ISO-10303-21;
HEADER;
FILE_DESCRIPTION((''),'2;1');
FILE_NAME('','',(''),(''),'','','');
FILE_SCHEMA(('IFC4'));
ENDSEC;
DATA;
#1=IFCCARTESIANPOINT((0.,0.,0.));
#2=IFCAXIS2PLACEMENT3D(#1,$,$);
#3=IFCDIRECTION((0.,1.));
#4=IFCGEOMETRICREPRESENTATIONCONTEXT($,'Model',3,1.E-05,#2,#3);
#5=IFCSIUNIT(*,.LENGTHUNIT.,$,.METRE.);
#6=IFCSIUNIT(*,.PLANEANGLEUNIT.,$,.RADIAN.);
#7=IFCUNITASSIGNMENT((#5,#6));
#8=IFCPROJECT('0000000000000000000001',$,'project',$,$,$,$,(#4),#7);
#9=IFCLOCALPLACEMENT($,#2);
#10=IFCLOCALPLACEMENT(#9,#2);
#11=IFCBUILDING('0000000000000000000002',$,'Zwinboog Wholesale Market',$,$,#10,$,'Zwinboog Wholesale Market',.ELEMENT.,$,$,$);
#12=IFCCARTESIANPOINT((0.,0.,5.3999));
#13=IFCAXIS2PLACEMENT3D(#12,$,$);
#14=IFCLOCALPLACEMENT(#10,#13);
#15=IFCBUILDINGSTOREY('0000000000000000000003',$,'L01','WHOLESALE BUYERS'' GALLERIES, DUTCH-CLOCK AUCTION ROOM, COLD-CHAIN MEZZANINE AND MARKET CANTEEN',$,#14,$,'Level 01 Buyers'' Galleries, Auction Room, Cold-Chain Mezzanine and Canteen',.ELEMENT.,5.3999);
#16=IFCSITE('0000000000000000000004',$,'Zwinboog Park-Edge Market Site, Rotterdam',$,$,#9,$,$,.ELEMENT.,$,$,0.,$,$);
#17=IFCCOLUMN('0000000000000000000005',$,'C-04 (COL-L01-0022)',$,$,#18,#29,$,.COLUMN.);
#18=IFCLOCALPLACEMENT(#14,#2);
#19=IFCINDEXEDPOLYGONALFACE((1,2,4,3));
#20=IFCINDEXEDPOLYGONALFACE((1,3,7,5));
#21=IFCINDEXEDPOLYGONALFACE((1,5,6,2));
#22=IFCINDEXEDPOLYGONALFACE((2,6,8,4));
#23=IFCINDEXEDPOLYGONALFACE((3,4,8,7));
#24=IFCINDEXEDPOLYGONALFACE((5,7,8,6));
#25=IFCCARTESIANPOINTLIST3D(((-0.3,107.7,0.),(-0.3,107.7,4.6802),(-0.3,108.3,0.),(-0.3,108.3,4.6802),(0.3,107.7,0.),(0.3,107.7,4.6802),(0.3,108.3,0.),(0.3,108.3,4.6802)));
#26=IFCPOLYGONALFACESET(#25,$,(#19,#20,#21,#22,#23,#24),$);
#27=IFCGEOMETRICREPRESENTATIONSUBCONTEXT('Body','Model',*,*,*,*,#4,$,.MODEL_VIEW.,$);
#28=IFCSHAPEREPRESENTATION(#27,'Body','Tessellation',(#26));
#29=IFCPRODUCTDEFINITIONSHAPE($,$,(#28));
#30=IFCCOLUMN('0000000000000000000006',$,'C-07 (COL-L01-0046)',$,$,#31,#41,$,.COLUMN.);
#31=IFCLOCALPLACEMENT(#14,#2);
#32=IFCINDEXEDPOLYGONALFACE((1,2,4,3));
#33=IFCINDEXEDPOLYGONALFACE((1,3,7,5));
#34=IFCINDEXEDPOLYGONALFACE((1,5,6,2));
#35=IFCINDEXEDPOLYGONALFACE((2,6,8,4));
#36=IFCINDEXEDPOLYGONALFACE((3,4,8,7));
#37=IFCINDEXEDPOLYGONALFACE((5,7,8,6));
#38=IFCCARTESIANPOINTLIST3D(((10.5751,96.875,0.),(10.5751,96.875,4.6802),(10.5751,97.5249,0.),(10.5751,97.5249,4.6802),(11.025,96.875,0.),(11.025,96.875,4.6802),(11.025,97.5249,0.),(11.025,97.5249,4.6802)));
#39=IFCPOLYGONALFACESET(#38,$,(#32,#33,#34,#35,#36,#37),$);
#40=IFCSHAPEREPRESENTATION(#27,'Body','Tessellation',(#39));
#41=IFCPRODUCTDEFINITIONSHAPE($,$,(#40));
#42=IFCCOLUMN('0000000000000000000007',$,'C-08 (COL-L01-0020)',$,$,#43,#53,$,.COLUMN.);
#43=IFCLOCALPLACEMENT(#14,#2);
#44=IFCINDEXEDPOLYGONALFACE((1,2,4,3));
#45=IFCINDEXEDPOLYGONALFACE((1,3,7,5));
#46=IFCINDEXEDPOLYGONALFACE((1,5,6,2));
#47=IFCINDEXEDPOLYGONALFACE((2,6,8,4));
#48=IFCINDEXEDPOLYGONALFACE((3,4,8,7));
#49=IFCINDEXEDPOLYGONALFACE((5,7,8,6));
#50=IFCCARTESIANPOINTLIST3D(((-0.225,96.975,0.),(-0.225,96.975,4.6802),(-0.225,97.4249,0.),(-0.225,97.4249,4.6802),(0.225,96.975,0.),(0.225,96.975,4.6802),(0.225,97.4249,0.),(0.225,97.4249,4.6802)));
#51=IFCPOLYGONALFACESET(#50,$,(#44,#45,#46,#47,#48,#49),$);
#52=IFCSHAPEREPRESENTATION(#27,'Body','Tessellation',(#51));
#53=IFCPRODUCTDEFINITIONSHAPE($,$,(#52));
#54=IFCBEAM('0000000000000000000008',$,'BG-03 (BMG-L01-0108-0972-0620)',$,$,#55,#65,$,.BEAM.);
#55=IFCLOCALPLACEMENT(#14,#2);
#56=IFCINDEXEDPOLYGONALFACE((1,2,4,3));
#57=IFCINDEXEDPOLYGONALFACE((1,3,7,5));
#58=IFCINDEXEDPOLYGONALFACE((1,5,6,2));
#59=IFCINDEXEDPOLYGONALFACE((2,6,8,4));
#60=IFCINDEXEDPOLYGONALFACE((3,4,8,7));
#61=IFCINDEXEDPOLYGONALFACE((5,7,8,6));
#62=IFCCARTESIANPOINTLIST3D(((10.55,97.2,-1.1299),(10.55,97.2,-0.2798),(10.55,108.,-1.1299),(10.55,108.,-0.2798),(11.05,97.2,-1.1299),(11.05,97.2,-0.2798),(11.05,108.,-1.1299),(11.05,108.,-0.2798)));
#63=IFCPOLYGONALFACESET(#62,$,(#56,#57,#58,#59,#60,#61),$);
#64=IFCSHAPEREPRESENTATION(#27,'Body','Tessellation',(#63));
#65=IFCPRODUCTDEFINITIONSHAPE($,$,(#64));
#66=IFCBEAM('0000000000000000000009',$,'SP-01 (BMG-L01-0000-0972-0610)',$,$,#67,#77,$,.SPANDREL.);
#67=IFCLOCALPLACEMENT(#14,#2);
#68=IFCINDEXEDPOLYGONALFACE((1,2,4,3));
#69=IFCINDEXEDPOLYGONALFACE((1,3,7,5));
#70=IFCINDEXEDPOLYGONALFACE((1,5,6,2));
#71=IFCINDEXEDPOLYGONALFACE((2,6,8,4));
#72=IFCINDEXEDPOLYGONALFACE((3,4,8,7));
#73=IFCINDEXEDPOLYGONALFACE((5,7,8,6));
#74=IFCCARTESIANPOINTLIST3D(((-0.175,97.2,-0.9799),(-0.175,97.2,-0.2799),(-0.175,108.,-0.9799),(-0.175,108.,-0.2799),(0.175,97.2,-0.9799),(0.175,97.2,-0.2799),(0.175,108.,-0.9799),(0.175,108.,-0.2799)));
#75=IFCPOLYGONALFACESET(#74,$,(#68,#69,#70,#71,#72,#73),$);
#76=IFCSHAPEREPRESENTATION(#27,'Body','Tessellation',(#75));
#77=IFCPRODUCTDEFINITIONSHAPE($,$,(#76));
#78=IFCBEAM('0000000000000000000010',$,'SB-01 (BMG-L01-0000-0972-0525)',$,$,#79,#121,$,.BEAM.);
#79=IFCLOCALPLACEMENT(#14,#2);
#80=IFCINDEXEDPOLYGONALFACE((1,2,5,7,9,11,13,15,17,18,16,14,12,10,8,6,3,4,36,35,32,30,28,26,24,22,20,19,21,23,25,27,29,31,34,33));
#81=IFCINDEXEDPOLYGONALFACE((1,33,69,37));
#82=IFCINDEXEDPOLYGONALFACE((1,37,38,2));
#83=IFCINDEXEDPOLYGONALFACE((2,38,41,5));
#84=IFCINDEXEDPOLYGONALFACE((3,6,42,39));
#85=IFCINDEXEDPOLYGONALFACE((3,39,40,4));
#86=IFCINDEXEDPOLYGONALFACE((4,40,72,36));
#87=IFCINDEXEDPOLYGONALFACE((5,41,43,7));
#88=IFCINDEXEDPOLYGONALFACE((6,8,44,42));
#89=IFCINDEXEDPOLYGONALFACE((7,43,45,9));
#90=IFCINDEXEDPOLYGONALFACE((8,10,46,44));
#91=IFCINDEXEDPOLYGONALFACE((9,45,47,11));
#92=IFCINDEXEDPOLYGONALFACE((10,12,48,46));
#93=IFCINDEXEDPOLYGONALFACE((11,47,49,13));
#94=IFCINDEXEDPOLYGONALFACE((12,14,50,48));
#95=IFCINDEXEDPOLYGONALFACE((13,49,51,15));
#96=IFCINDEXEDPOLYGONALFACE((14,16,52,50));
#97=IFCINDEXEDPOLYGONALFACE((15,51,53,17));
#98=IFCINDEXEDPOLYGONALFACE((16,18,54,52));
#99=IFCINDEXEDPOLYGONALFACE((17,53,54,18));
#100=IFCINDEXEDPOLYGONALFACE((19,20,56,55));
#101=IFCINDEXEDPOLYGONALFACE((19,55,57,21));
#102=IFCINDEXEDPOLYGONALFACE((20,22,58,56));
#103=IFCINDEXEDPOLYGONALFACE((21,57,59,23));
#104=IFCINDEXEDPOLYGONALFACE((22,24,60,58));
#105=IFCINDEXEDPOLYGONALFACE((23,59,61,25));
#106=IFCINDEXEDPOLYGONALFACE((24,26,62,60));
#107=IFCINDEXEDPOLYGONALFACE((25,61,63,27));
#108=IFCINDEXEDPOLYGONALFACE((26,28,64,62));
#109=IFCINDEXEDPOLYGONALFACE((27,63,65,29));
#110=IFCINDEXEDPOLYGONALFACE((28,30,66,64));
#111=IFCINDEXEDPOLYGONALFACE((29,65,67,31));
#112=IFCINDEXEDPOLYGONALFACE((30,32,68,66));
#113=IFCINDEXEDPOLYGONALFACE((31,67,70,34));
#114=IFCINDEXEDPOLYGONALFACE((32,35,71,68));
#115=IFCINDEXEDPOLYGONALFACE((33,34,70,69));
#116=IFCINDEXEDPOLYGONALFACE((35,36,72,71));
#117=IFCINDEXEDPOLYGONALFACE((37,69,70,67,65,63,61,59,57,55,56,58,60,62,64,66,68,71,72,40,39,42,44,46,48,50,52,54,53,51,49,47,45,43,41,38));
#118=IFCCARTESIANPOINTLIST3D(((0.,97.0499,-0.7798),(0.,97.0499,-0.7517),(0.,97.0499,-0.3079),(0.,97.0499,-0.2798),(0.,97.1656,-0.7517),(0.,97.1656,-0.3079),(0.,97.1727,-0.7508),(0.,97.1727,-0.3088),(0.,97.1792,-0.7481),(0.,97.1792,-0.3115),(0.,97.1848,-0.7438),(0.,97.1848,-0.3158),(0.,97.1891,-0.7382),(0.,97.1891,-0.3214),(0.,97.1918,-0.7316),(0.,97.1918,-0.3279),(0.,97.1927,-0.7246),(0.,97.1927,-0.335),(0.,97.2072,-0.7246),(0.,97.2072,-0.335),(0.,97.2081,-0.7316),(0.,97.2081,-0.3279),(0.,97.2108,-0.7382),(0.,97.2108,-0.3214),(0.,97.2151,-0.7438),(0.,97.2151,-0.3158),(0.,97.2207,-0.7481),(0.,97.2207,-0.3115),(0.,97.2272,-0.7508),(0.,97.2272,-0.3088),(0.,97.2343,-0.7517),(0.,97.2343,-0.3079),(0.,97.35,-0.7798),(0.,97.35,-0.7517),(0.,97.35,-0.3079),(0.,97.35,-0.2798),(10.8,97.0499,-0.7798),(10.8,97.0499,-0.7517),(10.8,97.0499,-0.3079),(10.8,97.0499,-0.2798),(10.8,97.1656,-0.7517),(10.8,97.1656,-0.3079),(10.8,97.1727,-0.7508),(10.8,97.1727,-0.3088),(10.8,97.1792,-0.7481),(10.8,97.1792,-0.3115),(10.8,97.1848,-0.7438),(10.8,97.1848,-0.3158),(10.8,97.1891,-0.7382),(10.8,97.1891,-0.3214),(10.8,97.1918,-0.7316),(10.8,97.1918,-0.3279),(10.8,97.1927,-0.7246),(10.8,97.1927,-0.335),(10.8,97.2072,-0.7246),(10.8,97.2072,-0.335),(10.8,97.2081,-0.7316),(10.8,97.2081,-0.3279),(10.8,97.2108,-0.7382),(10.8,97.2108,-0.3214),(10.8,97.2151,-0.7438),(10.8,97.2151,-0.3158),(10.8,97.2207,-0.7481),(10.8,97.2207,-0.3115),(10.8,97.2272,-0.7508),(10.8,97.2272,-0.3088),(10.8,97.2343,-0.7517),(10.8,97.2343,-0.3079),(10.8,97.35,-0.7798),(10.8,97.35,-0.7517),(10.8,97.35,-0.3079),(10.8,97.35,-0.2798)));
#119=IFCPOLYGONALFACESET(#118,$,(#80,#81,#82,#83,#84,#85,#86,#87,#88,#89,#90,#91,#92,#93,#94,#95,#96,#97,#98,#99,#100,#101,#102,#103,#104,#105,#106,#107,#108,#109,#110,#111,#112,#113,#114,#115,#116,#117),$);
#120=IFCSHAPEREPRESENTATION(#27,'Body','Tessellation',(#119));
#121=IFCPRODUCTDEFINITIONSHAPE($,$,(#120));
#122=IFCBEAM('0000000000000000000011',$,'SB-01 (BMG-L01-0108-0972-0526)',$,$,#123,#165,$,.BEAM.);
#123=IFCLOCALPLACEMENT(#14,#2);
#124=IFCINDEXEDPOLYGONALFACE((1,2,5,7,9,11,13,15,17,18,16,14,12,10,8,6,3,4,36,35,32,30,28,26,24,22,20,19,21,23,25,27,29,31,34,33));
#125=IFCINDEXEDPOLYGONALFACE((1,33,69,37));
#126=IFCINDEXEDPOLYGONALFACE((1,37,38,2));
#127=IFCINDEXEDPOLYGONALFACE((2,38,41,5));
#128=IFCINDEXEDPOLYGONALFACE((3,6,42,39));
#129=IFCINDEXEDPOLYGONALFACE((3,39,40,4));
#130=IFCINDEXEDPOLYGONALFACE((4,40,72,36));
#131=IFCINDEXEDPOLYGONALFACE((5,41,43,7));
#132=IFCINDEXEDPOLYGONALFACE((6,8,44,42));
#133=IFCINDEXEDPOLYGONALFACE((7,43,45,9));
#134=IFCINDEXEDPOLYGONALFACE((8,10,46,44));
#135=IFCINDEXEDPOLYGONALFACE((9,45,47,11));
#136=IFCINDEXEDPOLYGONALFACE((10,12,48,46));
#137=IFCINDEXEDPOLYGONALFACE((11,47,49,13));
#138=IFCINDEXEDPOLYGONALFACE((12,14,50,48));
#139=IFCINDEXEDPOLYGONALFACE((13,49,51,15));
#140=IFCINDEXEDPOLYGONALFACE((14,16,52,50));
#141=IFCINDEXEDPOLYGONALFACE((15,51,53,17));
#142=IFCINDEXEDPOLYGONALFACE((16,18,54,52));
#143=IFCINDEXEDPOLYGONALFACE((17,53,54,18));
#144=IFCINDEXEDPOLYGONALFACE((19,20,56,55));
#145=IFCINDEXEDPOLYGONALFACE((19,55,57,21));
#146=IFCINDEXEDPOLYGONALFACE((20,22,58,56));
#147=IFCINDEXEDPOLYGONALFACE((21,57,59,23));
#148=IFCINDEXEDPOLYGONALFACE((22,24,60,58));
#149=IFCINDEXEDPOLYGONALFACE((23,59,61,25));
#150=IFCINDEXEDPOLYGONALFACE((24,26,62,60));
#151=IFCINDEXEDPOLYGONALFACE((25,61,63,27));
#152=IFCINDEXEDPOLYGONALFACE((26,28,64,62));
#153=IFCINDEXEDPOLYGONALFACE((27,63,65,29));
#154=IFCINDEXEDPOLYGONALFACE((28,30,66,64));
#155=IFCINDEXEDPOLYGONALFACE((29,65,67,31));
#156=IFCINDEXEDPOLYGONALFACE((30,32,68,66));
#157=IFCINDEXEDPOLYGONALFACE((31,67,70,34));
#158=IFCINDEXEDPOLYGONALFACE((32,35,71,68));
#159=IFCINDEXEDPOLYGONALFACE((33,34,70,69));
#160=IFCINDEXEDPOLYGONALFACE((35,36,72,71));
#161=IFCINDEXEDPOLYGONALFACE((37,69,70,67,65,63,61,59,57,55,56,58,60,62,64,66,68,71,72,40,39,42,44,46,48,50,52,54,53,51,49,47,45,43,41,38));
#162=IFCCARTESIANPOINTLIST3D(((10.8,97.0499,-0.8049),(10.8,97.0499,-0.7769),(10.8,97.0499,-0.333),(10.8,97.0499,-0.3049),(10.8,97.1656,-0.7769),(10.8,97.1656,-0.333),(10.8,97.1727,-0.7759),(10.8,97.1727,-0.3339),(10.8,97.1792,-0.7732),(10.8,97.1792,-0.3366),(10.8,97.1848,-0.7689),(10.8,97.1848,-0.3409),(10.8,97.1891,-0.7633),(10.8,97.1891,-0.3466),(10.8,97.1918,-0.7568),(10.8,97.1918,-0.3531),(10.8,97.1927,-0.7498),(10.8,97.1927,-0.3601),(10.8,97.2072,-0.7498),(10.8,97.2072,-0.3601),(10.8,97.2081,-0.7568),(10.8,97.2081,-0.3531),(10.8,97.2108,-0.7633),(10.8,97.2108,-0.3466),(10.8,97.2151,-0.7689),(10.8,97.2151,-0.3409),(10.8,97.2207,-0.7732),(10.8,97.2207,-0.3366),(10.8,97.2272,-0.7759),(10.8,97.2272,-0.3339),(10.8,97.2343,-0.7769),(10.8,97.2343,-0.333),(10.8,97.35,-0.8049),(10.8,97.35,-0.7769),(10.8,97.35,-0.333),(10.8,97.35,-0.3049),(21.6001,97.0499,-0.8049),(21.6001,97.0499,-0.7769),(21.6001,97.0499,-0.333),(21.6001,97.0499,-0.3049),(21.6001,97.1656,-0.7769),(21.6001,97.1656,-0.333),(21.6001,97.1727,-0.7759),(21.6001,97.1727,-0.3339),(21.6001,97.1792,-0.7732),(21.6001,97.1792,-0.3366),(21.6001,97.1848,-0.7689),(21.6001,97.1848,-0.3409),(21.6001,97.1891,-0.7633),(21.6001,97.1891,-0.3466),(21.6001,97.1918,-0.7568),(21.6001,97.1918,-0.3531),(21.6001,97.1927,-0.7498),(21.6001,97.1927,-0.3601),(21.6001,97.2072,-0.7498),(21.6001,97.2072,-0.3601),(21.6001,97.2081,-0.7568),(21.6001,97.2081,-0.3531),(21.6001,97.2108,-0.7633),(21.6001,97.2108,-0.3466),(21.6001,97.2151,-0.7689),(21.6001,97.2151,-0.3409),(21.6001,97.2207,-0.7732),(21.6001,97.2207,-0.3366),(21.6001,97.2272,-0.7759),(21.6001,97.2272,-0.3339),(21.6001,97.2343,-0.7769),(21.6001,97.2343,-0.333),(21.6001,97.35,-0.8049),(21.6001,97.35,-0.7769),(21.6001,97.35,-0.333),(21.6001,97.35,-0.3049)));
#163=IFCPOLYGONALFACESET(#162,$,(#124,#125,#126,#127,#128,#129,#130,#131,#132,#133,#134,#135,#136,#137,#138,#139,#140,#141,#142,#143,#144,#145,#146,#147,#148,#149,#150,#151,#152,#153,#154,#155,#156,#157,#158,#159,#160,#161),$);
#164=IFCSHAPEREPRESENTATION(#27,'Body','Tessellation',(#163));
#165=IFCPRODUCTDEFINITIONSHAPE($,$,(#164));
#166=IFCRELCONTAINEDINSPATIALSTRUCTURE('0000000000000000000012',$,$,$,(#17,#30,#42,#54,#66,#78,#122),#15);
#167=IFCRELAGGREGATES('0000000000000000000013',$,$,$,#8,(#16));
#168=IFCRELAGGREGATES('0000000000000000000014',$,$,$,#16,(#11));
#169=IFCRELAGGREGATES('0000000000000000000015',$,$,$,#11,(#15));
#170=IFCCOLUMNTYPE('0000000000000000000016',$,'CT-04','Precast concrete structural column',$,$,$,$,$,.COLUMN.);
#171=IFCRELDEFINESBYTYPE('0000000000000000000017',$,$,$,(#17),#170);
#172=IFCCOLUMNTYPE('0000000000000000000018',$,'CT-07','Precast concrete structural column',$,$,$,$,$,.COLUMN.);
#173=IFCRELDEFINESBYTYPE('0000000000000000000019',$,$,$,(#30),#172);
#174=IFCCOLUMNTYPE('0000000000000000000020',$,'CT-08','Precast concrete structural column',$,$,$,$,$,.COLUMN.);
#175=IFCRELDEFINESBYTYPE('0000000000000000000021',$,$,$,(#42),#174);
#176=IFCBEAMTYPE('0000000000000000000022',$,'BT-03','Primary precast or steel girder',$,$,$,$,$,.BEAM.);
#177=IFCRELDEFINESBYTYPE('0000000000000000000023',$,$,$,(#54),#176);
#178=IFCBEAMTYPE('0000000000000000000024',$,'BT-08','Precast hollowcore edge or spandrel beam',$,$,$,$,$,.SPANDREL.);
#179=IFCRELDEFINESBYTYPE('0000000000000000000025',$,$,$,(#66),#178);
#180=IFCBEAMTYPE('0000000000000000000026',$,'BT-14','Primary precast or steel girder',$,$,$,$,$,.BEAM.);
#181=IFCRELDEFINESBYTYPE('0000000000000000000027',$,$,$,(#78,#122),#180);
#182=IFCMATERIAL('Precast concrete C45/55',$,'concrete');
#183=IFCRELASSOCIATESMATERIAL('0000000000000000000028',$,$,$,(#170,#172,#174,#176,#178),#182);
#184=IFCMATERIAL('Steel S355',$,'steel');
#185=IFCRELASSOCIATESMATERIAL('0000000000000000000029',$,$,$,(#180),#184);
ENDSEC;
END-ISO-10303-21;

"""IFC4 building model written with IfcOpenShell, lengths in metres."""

from ifc_helpers import new_model, si_unit, direction, frame, origin, origin_2d, place, context, subcontext, project, spatial, rectangle, i_section, extrude, material, material_profile, profile_set, type_object, element, save


model = new_model("IFC4")

# Units and contexts
model_context = context("Model", 3, precision=1e-05, world=origin(), true_north=direction((0.0, 1.0)))
body_context = subcontext(model_context, "Body", "Model", "MODEL_VIEW")
ifc_project = project(units=[si_unit("LENGTHUNIT", "METRE"), si_unit("PLANEANGLEUNIT", "RADIAN")], contexts=[model_context])

# Site, building, storey
site_placement = place(None, origin())
site = spatial("IfcSite", under=ifc_project, at=site_placement, Name="Zwinboog Park-Edge Market Site, Rotterdam", CompositionType="ELEMENT", RefElevation=0.0)
building_placement = place(site_placement, origin())
building = spatial("IfcBuilding", under=site, at=building_placement, Name="Zwinboog Wholesale Market", LongName="Zwinboog Wholesale Market", CompositionType="ELEMENT")
storey_placement = place(building_placement, frame((0.0, 0.0, 5.3999)))
storey = spatial("IfcBuildingStorey", under=building, at=storey_placement, Name="L01", Description="WHOLESALE BUYERS' GALLERIES, DUTCH-CLOCK AUCTION ROOM, COLD-CHAIN MEZZANINE AND MARKET CANTEEN", LongName="Level 01 Buyers' Galleries, Auction Room, Cold-Chain Mezzanine and Canteen", CompositionType="ELEMENT", Elevation=5.3999)

# Columns
ifc_material_1 = material(Name="Precast concrete C45/55", Category="concrete")
ifc_material_profile_1 = material_profile(ifc_material_1, rectangle(XDim=0.6001, YDim=0.6001, at=origin_2d()), Name="PC 600x600")
ifc_profile_set_1 = profile_set([ifc_material_profile_1], Name="Precast concrete C45/55")
column_type_1 = type_object("IfcColumnType", Name="CT-04", Description="Precast concrete structural column", PredefinedType="COLUMN", material=ifc_profile_set_1)
column_1_placement = place(storey_placement, frame((0.0, 108.0, 0.0), z_axis=(0.0, 0.0, 1.0), x_axis=(1.0, 0.0, 0.0)))
element("IfcColumn", 1, at=column_1_placement, inside=storey, type_object=column_type_1, Name="C-04 (COL-L01-0022)", PredefinedType="COLUMN", context=body_context, shape_type="SweptSolid", body=[
    extrude(rectangle(XDim=0.6001, YDim=0.6001, at=origin_2d()), origin(), (0.0, 0.0, 1.0), 4.6802),
])
ifc_material_profile_2 = material_profile(ifc_material_1, rectangle(XDim=0.45, YDim=0.6499, at=origin_2d()), Name="PC 450x650")
ifc_profile_set_2 = profile_set([ifc_material_profile_2], Name="Precast concrete C45/55")
column_type_2 = type_object("IfcColumnType", Name="CT-07", Description="Precast concrete structural column", PredefinedType="COLUMN", material=ifc_profile_set_2)
column_2_placement = place(storey_placement, frame((10.8, 97.2, 0.0), z_axis=(0.0, 0.0, 1.0), x_axis=(1.0, 0.0, 0.0)))
element("IfcColumn", 2, at=column_2_placement, inside=storey, type_object=column_type_2, Name="C-07 (COL-L01-0046)", PredefinedType="COLUMN", context=body_context, shape_type="SweptSolid", body=[
    extrude(rectangle(XDim=0.45, YDim=0.6499, at=origin_2d()), origin(), (0.0, 0.0, 1.0), 4.6802),
])
ifc_material_profile_3 = material_profile(ifc_material_1, rectangle(XDim=0.45, YDim=0.45, at=origin_2d()), Name="PC 450x450")
ifc_profile_set_3 = profile_set([ifc_material_profile_3], Name="Precast concrete C45/55")
column_type_3 = type_object("IfcColumnType", Name="CT-08", Description="Precast concrete structural column", PredefinedType="COLUMN", material=ifc_profile_set_3)
column_3_placement = place(storey_placement, frame((0.0, 97.2, 0.0), z_axis=(0.0, 0.0, 1.0), x_axis=(1.0, 0.0, 0.0)))
element("IfcColumn", 3, at=column_3_placement, inside=storey, type_object=column_type_3, Name="C-08 (COL-L01-0020)", PredefinedType="COLUMN", context=body_context, shape_type="SweptSolid", body=[
    extrude(rectangle(XDim=0.45, YDim=0.45, at=origin_2d()), origin(), (0.0, 0.0, 1.0), 4.6802),
])

# Beams
ifc_material_profile_4 = material_profile(ifc_material_1, rectangle(XDim=0.5, YDim=0.8501, at=origin_2d()), Name="PC 500x850")
ifc_profile_set_4 = profile_set([ifc_material_profile_4], Name="Precast concrete C45/55")
beam_type_1 = type_object("IfcBeamType", Name="BT-03", Description="Primary precast or steel girder", PredefinedType="BEAM", material=ifc_profile_set_4)
beam_1_placement = place(storey_placement, frame((10.8, 97.2, -0.7048), z_axis=(0.0, 1.0, 0.0), x_axis=(-1.0, 0.0, 0.0)))
element("IfcBeam", 4, at=beam_1_placement, inside=storey, type_object=beam_type_1, Name="BG-03 (BMG-L01-0108-0972-0620)", PredefinedType="BEAM", context=body_context, shape_type="SweptSolid", body=[
    extrude(rectangle(XDim=0.5, YDim=0.8501, at=origin_2d()), origin(), (0.0, 0.0, 1.0), 10.8),
])
ifc_material_profile_5 = material_profile(ifc_material_1, rectangle(XDim=0.3501, YDim=0.7, at=origin_2d()), Name="PC 350x700")
ifc_profile_set_5 = profile_set([ifc_material_profile_5], Name="Precast concrete C45/55")
beam_type_2 = type_object("IfcBeamType", Name="BT-08", Description="Precast hollowcore edge or spandrel beam", PredefinedType="SPANDREL", material=ifc_profile_set_5)
beam_2_placement = place(storey_placement, frame((0.0, 97.2, -0.6299), z_axis=(0.0, 1.0, 0.0), x_axis=(-1.0, 0.0, 0.0)))
element("IfcBeam", 5, at=beam_2_placement, inside=storey, type_object=beam_type_2, Name="SP-01 (BMG-L01-0000-0972-0610)", PredefinedType="SPANDREL", context=body_context, shape_type="SweptSolid", body=[
    extrude(rectangle(XDim=0.3501, YDim=0.7, at=origin_2d()), origin(), (0.0, 0.0, 1.0), 10.8),
])
ifc_material_2 = material(Name="Steel S355", Category="steel")
ifc_material_profile_6 = material_profile(ifc_material_2, i_section(OverallWidth=0.3, OverallDepth=0.5, WebThickness=0.0144, FlangeThickness=0.0281, FilletRadius=0.0271, at=origin_2d()), Name="HEB 500")
ifc_profile_set_6 = profile_set([ifc_material_profile_6], Name="Steel S355")
beam_type_3 = type_object("IfcBeamType", Name="BT-14", Description="Primary precast or steel girder", PredefinedType="BEAM", material=ifc_profile_set_6)
for number, where, z_axis, x_axis, name in (
    (6, (0.0, 97.2, -0.5298), (1.0, 0.0, 0.0), (0.0, 1.0, 0.0), "SB-01 (BMG-L01-0000-0972-0525)"),
    (7, (10.8, 97.2, -0.5549), (1.0, 0.0, 0.0), (0.0, 1.0, 0.0), "SB-01 (BMG-L01-0108-0972-0526)"),
):
    element("IfcBeam", number, at=place(storey_placement, frame(where, z_axis=z_axis, x_axis=x_axis)), inside=storey, type_object=beam_type_3, Name=name, PredefinedType="BEAM", context=body_context, shape_type="SweptSolid", body=[
        extrude(i_section(OverallWidth=0.3, OverallDepth=0.5, WebThickness=0.0144, FlangeThickness=0.0281, FilletRadius=0.0271, at=origin_2d()), origin(), (0.0, 0.0, 1.0), 10.8),
    ])

save(model, "model.ifc")
